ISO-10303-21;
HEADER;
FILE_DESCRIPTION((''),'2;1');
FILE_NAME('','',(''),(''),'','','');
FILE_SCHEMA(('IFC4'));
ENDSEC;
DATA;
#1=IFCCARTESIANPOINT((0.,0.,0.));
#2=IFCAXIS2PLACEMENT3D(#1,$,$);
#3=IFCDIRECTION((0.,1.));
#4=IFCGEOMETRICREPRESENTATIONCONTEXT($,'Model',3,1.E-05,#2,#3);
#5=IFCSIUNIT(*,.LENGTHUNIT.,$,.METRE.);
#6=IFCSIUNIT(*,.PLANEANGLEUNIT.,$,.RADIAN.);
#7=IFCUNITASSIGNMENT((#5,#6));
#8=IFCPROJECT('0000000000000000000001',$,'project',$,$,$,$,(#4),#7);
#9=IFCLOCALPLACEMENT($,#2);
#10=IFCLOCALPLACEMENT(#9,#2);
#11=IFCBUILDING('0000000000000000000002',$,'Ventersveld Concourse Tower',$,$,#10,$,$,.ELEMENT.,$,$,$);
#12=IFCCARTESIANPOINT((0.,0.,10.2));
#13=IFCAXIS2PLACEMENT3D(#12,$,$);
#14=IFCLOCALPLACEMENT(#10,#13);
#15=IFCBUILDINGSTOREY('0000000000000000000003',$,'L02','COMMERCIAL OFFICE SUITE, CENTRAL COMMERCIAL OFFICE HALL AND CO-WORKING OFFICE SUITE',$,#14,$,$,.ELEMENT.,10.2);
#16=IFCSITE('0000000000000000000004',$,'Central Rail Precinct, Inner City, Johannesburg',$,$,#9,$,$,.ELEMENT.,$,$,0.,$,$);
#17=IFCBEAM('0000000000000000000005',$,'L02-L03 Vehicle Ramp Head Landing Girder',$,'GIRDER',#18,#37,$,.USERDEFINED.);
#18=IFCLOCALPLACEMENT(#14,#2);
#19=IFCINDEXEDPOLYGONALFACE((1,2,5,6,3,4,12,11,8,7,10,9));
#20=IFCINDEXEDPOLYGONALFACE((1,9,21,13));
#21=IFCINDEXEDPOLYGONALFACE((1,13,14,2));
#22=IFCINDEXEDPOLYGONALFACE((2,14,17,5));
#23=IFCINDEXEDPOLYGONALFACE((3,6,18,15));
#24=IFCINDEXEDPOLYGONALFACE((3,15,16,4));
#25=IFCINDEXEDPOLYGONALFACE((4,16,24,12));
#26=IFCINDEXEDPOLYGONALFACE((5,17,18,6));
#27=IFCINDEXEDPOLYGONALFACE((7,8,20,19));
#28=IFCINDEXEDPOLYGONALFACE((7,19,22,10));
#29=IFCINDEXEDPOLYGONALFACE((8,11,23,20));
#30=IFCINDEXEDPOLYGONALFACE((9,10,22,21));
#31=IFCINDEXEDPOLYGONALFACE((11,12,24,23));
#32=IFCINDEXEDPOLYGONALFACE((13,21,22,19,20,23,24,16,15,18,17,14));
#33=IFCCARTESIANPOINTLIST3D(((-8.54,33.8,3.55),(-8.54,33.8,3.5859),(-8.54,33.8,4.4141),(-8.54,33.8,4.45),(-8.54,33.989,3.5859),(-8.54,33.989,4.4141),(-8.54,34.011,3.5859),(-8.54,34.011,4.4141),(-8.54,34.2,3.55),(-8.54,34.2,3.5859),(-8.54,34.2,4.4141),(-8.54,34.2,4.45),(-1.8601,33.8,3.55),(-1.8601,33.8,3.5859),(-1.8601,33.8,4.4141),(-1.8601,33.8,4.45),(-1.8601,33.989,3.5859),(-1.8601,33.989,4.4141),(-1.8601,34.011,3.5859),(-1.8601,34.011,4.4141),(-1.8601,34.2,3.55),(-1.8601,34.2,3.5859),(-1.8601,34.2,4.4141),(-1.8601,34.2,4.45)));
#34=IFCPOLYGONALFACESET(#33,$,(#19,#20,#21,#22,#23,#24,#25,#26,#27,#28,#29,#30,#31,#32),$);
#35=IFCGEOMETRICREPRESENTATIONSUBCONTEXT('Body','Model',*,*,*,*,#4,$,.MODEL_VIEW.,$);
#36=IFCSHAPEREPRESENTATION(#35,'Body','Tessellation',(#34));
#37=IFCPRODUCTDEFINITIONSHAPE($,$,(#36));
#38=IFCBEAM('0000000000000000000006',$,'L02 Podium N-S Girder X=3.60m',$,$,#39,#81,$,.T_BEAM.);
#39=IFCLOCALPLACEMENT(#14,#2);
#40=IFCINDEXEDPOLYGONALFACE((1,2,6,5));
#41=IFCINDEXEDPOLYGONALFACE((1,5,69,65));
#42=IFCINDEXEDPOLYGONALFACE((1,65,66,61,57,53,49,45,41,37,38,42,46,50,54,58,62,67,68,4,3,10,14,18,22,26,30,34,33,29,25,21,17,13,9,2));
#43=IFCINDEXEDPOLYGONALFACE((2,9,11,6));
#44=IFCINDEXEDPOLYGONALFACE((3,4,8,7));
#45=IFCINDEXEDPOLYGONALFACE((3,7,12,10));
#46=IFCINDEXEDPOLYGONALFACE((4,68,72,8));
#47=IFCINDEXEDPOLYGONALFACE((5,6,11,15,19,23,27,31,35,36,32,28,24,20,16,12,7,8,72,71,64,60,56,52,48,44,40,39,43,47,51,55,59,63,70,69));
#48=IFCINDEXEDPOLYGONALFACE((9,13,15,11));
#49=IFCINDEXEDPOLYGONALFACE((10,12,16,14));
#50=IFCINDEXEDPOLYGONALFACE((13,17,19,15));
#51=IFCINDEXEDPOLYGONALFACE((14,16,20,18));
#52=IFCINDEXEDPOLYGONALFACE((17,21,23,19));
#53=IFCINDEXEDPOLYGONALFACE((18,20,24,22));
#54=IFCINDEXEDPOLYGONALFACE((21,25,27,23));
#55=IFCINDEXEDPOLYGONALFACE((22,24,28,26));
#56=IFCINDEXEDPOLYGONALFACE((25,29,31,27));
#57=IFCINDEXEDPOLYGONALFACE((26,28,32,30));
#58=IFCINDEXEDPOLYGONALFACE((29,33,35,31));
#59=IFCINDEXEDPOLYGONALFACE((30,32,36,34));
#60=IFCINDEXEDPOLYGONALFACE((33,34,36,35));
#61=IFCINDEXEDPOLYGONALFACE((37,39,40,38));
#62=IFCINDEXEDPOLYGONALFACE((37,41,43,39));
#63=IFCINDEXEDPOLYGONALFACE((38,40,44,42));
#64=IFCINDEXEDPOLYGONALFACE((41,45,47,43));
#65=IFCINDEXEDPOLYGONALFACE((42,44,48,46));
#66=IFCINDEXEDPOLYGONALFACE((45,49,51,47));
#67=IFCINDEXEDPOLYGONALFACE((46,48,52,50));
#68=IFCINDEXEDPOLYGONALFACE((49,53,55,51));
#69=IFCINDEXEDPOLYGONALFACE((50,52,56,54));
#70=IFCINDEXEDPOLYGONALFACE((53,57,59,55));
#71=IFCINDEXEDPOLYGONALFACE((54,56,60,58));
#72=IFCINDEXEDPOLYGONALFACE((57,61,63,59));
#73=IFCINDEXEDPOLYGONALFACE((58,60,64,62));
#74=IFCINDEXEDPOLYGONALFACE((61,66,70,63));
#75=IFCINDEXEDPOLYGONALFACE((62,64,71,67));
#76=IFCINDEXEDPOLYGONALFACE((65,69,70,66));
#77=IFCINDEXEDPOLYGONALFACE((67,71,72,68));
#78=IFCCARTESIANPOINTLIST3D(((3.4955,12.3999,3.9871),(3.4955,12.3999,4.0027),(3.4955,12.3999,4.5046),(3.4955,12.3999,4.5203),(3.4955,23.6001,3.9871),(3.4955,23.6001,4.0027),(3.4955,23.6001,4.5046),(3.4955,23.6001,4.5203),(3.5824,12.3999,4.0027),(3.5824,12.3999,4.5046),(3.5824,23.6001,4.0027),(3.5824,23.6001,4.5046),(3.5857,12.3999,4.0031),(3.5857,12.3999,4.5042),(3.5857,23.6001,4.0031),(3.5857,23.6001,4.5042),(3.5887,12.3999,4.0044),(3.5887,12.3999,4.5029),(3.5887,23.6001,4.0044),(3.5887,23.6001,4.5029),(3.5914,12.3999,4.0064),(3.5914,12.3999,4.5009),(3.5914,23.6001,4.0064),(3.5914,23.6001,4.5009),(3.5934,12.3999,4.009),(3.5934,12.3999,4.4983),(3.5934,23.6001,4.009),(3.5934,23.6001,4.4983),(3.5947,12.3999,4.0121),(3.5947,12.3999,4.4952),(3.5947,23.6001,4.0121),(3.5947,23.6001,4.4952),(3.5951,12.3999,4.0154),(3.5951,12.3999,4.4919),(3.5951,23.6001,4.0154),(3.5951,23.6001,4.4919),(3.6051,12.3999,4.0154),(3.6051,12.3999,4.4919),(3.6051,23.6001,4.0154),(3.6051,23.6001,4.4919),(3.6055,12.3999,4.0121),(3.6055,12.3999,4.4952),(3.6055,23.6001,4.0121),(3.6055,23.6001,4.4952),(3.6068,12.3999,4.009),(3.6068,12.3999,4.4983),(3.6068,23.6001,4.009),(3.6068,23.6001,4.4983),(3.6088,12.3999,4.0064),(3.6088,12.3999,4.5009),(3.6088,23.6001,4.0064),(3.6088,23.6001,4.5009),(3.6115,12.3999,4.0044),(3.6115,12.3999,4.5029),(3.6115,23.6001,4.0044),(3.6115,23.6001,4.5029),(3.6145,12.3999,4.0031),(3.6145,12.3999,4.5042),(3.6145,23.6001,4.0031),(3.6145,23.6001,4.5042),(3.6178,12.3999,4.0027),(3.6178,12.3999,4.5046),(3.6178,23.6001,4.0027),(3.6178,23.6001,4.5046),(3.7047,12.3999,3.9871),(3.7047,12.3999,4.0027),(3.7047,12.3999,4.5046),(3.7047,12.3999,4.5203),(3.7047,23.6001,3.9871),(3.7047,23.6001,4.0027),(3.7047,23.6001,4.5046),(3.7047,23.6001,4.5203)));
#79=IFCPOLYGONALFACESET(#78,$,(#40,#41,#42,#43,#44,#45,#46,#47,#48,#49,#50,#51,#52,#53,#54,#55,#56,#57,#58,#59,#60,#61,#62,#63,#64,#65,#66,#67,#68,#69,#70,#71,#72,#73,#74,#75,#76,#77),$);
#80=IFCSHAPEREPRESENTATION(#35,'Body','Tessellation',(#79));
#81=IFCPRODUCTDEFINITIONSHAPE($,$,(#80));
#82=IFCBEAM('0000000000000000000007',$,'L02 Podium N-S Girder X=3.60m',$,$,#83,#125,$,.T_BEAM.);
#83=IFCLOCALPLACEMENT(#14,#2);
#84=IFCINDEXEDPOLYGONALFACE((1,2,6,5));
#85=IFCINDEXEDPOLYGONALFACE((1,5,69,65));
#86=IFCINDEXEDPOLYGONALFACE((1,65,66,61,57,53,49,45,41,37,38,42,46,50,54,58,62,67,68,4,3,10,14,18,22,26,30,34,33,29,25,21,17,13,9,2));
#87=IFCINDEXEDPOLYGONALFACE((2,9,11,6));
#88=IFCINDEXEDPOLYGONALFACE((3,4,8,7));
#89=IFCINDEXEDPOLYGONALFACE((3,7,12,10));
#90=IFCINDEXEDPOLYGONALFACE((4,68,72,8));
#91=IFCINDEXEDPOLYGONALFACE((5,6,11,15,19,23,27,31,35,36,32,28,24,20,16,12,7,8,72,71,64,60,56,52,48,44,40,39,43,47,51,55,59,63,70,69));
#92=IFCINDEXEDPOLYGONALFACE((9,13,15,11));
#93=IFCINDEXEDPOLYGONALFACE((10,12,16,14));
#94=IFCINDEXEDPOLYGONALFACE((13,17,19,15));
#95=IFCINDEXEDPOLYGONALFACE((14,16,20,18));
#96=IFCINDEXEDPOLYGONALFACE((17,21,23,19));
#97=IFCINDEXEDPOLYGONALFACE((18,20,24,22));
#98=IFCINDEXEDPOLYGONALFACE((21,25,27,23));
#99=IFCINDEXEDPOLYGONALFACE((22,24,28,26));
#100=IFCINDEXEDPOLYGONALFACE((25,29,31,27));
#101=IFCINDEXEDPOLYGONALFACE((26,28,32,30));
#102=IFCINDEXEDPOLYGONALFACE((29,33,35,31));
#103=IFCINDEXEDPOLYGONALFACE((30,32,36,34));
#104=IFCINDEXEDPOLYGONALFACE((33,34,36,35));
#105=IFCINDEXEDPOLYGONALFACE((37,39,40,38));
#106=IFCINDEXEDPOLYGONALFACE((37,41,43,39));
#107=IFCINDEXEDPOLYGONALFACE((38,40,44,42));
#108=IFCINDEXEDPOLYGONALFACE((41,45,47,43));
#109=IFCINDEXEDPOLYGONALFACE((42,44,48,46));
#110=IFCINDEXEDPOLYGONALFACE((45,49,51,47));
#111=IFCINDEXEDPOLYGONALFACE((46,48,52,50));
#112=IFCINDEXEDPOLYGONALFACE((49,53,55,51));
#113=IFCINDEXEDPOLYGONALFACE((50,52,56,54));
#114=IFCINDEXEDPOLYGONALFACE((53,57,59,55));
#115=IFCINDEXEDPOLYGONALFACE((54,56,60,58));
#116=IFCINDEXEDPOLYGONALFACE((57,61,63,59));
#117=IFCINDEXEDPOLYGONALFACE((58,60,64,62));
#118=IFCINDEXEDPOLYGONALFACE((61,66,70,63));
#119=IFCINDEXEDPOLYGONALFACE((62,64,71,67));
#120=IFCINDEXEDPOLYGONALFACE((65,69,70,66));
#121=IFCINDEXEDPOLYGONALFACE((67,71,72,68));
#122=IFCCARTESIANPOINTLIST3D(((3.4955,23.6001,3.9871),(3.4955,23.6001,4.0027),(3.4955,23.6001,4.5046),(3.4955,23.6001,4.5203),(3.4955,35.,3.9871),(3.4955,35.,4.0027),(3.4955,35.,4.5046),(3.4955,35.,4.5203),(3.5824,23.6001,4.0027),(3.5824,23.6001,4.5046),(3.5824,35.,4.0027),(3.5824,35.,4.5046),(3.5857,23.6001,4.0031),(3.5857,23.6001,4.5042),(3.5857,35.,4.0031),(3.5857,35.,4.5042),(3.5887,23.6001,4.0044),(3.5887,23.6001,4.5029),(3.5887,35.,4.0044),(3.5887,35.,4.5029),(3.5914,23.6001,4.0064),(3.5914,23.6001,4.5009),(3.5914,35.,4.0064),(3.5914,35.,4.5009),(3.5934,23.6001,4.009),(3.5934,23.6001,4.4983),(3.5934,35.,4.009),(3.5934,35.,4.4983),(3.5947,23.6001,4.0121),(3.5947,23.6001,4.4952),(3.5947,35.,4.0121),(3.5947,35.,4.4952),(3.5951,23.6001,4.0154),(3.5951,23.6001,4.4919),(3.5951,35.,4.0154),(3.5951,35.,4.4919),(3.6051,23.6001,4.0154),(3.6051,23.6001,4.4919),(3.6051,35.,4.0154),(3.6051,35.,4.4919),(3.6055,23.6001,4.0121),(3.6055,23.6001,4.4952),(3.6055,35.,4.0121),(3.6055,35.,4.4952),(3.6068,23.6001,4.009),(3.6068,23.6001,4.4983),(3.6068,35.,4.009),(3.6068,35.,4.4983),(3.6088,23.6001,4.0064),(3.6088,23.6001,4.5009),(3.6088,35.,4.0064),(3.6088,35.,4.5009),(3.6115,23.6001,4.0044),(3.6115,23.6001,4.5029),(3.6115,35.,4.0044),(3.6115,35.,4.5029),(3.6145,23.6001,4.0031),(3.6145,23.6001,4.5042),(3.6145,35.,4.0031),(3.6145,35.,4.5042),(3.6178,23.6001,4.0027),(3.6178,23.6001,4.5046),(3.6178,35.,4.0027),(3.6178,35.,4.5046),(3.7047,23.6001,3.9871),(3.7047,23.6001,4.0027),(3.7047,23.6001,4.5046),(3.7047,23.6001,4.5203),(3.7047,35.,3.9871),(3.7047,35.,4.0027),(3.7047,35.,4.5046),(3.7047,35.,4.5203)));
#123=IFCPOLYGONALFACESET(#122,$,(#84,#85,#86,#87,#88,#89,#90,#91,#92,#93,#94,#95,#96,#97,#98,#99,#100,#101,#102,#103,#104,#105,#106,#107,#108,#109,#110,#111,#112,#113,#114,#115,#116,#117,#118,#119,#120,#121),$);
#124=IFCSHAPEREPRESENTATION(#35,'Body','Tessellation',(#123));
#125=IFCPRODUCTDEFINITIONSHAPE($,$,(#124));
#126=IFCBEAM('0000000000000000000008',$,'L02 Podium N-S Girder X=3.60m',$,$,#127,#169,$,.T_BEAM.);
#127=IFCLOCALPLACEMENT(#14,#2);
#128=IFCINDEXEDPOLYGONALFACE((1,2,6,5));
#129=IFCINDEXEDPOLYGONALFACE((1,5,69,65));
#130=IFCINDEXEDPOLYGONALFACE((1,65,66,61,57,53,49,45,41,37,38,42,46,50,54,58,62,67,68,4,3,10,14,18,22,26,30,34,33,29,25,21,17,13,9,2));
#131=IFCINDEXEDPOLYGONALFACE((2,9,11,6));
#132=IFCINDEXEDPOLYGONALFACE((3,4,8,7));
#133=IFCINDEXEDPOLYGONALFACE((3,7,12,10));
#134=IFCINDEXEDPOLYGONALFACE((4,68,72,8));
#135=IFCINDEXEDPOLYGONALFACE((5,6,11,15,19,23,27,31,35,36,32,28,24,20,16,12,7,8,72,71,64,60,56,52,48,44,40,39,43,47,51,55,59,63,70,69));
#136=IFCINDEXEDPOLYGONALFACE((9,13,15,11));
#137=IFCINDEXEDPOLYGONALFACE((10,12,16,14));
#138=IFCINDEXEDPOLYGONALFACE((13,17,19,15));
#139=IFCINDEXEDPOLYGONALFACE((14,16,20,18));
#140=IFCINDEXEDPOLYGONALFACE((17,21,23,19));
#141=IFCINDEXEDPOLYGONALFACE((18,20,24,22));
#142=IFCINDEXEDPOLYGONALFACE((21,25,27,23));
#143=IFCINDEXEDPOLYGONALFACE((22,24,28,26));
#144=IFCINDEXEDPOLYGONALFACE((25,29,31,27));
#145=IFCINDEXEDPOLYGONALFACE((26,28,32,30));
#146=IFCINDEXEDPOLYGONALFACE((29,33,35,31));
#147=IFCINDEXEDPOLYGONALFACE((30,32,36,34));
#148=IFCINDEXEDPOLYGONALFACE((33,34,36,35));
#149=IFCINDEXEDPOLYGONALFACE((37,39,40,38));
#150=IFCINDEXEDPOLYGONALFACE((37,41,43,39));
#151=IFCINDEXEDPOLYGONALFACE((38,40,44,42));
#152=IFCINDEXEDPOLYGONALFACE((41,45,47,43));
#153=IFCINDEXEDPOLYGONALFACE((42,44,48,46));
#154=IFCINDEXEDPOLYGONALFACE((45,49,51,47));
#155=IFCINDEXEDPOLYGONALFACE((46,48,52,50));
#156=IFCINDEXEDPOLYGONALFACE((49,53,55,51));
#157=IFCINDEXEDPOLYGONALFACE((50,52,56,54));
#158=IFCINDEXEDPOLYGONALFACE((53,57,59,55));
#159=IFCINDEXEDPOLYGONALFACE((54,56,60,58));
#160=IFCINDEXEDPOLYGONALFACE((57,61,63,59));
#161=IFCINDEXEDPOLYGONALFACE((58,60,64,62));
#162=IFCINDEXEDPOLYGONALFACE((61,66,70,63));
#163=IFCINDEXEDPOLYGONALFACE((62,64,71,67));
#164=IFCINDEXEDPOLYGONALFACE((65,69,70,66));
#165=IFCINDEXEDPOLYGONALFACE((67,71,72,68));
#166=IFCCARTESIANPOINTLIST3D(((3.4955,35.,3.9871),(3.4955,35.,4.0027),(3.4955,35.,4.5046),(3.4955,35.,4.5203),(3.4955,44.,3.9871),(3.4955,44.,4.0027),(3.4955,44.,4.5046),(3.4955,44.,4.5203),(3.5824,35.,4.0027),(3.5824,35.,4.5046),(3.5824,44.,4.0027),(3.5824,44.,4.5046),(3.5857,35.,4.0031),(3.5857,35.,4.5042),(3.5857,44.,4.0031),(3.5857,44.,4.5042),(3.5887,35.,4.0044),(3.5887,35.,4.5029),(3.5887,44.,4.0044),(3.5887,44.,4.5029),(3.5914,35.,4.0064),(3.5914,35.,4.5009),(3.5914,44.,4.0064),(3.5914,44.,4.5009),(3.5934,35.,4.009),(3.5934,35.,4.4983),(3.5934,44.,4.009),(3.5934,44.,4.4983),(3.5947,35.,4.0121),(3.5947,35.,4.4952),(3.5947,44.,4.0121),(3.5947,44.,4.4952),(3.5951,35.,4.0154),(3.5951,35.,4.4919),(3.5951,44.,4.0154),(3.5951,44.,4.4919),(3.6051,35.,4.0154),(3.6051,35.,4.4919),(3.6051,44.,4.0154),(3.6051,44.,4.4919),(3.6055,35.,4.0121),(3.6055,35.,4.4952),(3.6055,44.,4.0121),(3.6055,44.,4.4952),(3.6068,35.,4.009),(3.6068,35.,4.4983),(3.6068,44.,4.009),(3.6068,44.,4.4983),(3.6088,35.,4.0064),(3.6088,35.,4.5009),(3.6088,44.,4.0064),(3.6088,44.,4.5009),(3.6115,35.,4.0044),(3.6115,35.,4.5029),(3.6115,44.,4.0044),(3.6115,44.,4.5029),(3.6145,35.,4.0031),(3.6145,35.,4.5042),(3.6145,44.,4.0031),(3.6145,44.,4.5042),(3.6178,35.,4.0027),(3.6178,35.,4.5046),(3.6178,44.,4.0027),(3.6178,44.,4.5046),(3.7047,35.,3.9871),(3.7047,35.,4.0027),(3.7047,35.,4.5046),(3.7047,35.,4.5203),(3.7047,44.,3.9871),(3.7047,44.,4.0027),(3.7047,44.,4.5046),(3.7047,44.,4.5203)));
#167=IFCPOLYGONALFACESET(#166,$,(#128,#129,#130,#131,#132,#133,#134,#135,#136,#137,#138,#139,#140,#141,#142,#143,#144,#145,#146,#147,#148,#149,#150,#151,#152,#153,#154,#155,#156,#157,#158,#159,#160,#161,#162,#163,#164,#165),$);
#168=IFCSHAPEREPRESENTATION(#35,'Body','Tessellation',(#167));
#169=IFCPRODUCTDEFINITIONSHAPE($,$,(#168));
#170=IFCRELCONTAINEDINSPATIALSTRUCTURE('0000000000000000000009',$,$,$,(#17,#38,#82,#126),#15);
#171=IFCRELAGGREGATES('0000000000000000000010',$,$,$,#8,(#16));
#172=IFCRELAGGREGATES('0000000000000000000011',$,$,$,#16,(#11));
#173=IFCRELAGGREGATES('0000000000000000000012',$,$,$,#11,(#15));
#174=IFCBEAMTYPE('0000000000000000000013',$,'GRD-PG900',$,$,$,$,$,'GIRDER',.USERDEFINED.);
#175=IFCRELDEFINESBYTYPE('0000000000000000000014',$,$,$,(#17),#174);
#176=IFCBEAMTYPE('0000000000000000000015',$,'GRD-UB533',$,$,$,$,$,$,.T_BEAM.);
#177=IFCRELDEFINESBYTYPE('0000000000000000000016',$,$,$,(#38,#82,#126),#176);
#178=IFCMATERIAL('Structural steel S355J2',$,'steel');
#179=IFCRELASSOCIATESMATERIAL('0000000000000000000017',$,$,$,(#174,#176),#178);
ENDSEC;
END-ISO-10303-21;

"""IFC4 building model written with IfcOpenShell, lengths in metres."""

from ifc_helpers import new_model, si_unit, direction, frame, origin, origin_2d, place, context, subcontext, project, spatial, i_section, extrude, material, material_profile, profile_set, type_object, element, save


model = new_model("IFC4")

# Units and contexts
model_context = context("Model", 3, precision=1e-05, world=origin(), true_north=direction((0.0, 1.0)))
body_context = subcontext(model_context, "Body", "Model", "MODEL_VIEW")
ifc_project = project(units=[si_unit("LENGTHUNIT", "METRE"), si_unit("PLANEANGLEUNIT", "RADIAN")], contexts=[model_context])

# Site, building, storey
site_placement = place(None, origin())
site = spatial("IfcSite", under=ifc_project, at=site_placement, Name="Central Rail Precinct, Inner City, Johannesburg", CompositionType="ELEMENT", RefElevation=0.0)
building_placement = place(site_placement, origin())
building = spatial("IfcBuilding", under=site, at=building_placement, Name="Ventersveld Concourse Tower", CompositionType="ELEMENT")
storey_placement = place(building_placement, frame((0.0, 0.0, 10.2)))
storey = spatial("IfcBuildingStorey", under=building, at=storey_placement, Name="L02", Description="COMMERCIAL OFFICE SUITE, CENTRAL COMMERCIAL OFFICE HALL AND CO-WORKING OFFICE SUITE", CompositionType="ELEMENT", Elevation=10.2)

# Beams
ifc_material_1 = material(Name="Structural steel S355J2", Category="steel")
ifc_material_profile_1 = material_profile(ifc_material_1, i_section(OverallWidth=0.3999, OverallDepth=0.8999, WebThickness=0.022, FlangeThickness=0.0359, at=origin_2d()), Name="PG 900x400x36")
ifc_profile_set_1 = profile_set([ifc_material_profile_1], Name="Structural steel S355J2")
beam_type_1 = type_object("IfcBeamType", Name="GRD-PG900", ElementType="GIRDER", PredefinedType="USERDEFINED", material=ifc_profile_set_1)
beam_1_placement = place(storey_placement, frame((-8.54, 34.0, 4.0), z_axis=(1.0, 0.0, 0.0), x_axis=(0.0, 1.0, 0.0)))
element("IfcBeam", 1, at=beam_1_placement, inside=storey, type_object=beam_type_1, Name="L02-L03 Vehicle Ramp Head Landing Girder", ObjectType="GIRDER", PredefinedType="USERDEFINED", context=body_context, shape_type="SweptSolid", body=[
    extrude(i_section(OverallWidth=0.3999, OverallDepth=0.8999, WebThickness=0.022, FlangeThickness=0.0359, at=origin_2d()), origin(), (0.0, 0.0, 1.0), 6.6799),
])
ifc_material_profile_2 = material_profile(ifc_material_1, i_section(OverallWidth=0.2092, OverallDepth=0.5332, WebThickness=0.01, FlangeThickness=0.0156, FilletRadius=0.0127, at=origin_2d()), Name="UB 533x210x92")
ifc_profile_set_2 = profile_set([ifc_material_profile_2], Name="Structural steel S355J2")
beam_type_2 = type_object("IfcBeamType", Name="GRD-UB533", PredefinedType="T_BEAM", material=ifc_profile_set_2)
beam_2_placement = place(storey_placement, frame((3.6001, 12.3999, 4.2537), z_axis=(0.0, 1.0, 0.0), x_axis=(-1.0, 0.0, 0.0)))
element("IfcBeam", 2, at=beam_2_placement, inside=storey, type_object=beam_type_2, Name="L02 Podium N-S Girder X=3.60m", PredefinedType="T_BEAM", context=body_context, shape_type="SweptSolid", body=[
    extrude(i_section(OverallWidth=0.2092, OverallDepth=0.5332, WebThickness=0.01, FlangeThickness=0.0156, FilletRadius=0.0127, at=origin_2d()), origin(), (0.0, 0.0, 1.0), 11.2002),
])
beam_3_placement = place(storey_placement, frame((3.6001, 23.6001, 4.2537), z_axis=(0.0, 1.0, 0.0), x_axis=(-1.0, 0.0, 0.0)))
element("IfcBeam", 3, at=beam_3_placement, inside=storey, type_object=beam_type_2, Name="L02 Podium N-S Girder X=3.60m", PredefinedType="T_BEAM", context=body_context, shape_type="SweptSolid", body=[
    extrude(i_section(OverallWidth=0.2092, OverallDepth=0.5332, WebThickness=0.01, FlangeThickness=0.0156, FilletRadius=0.0127, at=origin_2d()), origin(), (0.0, 0.0, 1.0), 11.3999),
])
beam_4_placement = place(storey_placement, frame((3.6001, 35.0, 4.2537), z_axis=(0.0, 1.0, 0.0), x_axis=(-1.0, 0.0, 0.0)))
element("IfcBeam", 4, at=beam_4_placement, inside=storey, type_object=beam_type_2, Name="L02 Podium N-S Girder X=3.60m", PredefinedType="T_BEAM", context=body_context, shape_type="SweptSolid", body=[
    extrude(i_section(OverallWidth=0.2092, OverallDepth=0.5332, WebThickness=0.01, FlangeThickness=0.0156, FilletRadius=0.0127, at=origin_2d()), origin(), (0.0, 0.0, 1.0), 9.0),
])

save(model, "model.ifc")
